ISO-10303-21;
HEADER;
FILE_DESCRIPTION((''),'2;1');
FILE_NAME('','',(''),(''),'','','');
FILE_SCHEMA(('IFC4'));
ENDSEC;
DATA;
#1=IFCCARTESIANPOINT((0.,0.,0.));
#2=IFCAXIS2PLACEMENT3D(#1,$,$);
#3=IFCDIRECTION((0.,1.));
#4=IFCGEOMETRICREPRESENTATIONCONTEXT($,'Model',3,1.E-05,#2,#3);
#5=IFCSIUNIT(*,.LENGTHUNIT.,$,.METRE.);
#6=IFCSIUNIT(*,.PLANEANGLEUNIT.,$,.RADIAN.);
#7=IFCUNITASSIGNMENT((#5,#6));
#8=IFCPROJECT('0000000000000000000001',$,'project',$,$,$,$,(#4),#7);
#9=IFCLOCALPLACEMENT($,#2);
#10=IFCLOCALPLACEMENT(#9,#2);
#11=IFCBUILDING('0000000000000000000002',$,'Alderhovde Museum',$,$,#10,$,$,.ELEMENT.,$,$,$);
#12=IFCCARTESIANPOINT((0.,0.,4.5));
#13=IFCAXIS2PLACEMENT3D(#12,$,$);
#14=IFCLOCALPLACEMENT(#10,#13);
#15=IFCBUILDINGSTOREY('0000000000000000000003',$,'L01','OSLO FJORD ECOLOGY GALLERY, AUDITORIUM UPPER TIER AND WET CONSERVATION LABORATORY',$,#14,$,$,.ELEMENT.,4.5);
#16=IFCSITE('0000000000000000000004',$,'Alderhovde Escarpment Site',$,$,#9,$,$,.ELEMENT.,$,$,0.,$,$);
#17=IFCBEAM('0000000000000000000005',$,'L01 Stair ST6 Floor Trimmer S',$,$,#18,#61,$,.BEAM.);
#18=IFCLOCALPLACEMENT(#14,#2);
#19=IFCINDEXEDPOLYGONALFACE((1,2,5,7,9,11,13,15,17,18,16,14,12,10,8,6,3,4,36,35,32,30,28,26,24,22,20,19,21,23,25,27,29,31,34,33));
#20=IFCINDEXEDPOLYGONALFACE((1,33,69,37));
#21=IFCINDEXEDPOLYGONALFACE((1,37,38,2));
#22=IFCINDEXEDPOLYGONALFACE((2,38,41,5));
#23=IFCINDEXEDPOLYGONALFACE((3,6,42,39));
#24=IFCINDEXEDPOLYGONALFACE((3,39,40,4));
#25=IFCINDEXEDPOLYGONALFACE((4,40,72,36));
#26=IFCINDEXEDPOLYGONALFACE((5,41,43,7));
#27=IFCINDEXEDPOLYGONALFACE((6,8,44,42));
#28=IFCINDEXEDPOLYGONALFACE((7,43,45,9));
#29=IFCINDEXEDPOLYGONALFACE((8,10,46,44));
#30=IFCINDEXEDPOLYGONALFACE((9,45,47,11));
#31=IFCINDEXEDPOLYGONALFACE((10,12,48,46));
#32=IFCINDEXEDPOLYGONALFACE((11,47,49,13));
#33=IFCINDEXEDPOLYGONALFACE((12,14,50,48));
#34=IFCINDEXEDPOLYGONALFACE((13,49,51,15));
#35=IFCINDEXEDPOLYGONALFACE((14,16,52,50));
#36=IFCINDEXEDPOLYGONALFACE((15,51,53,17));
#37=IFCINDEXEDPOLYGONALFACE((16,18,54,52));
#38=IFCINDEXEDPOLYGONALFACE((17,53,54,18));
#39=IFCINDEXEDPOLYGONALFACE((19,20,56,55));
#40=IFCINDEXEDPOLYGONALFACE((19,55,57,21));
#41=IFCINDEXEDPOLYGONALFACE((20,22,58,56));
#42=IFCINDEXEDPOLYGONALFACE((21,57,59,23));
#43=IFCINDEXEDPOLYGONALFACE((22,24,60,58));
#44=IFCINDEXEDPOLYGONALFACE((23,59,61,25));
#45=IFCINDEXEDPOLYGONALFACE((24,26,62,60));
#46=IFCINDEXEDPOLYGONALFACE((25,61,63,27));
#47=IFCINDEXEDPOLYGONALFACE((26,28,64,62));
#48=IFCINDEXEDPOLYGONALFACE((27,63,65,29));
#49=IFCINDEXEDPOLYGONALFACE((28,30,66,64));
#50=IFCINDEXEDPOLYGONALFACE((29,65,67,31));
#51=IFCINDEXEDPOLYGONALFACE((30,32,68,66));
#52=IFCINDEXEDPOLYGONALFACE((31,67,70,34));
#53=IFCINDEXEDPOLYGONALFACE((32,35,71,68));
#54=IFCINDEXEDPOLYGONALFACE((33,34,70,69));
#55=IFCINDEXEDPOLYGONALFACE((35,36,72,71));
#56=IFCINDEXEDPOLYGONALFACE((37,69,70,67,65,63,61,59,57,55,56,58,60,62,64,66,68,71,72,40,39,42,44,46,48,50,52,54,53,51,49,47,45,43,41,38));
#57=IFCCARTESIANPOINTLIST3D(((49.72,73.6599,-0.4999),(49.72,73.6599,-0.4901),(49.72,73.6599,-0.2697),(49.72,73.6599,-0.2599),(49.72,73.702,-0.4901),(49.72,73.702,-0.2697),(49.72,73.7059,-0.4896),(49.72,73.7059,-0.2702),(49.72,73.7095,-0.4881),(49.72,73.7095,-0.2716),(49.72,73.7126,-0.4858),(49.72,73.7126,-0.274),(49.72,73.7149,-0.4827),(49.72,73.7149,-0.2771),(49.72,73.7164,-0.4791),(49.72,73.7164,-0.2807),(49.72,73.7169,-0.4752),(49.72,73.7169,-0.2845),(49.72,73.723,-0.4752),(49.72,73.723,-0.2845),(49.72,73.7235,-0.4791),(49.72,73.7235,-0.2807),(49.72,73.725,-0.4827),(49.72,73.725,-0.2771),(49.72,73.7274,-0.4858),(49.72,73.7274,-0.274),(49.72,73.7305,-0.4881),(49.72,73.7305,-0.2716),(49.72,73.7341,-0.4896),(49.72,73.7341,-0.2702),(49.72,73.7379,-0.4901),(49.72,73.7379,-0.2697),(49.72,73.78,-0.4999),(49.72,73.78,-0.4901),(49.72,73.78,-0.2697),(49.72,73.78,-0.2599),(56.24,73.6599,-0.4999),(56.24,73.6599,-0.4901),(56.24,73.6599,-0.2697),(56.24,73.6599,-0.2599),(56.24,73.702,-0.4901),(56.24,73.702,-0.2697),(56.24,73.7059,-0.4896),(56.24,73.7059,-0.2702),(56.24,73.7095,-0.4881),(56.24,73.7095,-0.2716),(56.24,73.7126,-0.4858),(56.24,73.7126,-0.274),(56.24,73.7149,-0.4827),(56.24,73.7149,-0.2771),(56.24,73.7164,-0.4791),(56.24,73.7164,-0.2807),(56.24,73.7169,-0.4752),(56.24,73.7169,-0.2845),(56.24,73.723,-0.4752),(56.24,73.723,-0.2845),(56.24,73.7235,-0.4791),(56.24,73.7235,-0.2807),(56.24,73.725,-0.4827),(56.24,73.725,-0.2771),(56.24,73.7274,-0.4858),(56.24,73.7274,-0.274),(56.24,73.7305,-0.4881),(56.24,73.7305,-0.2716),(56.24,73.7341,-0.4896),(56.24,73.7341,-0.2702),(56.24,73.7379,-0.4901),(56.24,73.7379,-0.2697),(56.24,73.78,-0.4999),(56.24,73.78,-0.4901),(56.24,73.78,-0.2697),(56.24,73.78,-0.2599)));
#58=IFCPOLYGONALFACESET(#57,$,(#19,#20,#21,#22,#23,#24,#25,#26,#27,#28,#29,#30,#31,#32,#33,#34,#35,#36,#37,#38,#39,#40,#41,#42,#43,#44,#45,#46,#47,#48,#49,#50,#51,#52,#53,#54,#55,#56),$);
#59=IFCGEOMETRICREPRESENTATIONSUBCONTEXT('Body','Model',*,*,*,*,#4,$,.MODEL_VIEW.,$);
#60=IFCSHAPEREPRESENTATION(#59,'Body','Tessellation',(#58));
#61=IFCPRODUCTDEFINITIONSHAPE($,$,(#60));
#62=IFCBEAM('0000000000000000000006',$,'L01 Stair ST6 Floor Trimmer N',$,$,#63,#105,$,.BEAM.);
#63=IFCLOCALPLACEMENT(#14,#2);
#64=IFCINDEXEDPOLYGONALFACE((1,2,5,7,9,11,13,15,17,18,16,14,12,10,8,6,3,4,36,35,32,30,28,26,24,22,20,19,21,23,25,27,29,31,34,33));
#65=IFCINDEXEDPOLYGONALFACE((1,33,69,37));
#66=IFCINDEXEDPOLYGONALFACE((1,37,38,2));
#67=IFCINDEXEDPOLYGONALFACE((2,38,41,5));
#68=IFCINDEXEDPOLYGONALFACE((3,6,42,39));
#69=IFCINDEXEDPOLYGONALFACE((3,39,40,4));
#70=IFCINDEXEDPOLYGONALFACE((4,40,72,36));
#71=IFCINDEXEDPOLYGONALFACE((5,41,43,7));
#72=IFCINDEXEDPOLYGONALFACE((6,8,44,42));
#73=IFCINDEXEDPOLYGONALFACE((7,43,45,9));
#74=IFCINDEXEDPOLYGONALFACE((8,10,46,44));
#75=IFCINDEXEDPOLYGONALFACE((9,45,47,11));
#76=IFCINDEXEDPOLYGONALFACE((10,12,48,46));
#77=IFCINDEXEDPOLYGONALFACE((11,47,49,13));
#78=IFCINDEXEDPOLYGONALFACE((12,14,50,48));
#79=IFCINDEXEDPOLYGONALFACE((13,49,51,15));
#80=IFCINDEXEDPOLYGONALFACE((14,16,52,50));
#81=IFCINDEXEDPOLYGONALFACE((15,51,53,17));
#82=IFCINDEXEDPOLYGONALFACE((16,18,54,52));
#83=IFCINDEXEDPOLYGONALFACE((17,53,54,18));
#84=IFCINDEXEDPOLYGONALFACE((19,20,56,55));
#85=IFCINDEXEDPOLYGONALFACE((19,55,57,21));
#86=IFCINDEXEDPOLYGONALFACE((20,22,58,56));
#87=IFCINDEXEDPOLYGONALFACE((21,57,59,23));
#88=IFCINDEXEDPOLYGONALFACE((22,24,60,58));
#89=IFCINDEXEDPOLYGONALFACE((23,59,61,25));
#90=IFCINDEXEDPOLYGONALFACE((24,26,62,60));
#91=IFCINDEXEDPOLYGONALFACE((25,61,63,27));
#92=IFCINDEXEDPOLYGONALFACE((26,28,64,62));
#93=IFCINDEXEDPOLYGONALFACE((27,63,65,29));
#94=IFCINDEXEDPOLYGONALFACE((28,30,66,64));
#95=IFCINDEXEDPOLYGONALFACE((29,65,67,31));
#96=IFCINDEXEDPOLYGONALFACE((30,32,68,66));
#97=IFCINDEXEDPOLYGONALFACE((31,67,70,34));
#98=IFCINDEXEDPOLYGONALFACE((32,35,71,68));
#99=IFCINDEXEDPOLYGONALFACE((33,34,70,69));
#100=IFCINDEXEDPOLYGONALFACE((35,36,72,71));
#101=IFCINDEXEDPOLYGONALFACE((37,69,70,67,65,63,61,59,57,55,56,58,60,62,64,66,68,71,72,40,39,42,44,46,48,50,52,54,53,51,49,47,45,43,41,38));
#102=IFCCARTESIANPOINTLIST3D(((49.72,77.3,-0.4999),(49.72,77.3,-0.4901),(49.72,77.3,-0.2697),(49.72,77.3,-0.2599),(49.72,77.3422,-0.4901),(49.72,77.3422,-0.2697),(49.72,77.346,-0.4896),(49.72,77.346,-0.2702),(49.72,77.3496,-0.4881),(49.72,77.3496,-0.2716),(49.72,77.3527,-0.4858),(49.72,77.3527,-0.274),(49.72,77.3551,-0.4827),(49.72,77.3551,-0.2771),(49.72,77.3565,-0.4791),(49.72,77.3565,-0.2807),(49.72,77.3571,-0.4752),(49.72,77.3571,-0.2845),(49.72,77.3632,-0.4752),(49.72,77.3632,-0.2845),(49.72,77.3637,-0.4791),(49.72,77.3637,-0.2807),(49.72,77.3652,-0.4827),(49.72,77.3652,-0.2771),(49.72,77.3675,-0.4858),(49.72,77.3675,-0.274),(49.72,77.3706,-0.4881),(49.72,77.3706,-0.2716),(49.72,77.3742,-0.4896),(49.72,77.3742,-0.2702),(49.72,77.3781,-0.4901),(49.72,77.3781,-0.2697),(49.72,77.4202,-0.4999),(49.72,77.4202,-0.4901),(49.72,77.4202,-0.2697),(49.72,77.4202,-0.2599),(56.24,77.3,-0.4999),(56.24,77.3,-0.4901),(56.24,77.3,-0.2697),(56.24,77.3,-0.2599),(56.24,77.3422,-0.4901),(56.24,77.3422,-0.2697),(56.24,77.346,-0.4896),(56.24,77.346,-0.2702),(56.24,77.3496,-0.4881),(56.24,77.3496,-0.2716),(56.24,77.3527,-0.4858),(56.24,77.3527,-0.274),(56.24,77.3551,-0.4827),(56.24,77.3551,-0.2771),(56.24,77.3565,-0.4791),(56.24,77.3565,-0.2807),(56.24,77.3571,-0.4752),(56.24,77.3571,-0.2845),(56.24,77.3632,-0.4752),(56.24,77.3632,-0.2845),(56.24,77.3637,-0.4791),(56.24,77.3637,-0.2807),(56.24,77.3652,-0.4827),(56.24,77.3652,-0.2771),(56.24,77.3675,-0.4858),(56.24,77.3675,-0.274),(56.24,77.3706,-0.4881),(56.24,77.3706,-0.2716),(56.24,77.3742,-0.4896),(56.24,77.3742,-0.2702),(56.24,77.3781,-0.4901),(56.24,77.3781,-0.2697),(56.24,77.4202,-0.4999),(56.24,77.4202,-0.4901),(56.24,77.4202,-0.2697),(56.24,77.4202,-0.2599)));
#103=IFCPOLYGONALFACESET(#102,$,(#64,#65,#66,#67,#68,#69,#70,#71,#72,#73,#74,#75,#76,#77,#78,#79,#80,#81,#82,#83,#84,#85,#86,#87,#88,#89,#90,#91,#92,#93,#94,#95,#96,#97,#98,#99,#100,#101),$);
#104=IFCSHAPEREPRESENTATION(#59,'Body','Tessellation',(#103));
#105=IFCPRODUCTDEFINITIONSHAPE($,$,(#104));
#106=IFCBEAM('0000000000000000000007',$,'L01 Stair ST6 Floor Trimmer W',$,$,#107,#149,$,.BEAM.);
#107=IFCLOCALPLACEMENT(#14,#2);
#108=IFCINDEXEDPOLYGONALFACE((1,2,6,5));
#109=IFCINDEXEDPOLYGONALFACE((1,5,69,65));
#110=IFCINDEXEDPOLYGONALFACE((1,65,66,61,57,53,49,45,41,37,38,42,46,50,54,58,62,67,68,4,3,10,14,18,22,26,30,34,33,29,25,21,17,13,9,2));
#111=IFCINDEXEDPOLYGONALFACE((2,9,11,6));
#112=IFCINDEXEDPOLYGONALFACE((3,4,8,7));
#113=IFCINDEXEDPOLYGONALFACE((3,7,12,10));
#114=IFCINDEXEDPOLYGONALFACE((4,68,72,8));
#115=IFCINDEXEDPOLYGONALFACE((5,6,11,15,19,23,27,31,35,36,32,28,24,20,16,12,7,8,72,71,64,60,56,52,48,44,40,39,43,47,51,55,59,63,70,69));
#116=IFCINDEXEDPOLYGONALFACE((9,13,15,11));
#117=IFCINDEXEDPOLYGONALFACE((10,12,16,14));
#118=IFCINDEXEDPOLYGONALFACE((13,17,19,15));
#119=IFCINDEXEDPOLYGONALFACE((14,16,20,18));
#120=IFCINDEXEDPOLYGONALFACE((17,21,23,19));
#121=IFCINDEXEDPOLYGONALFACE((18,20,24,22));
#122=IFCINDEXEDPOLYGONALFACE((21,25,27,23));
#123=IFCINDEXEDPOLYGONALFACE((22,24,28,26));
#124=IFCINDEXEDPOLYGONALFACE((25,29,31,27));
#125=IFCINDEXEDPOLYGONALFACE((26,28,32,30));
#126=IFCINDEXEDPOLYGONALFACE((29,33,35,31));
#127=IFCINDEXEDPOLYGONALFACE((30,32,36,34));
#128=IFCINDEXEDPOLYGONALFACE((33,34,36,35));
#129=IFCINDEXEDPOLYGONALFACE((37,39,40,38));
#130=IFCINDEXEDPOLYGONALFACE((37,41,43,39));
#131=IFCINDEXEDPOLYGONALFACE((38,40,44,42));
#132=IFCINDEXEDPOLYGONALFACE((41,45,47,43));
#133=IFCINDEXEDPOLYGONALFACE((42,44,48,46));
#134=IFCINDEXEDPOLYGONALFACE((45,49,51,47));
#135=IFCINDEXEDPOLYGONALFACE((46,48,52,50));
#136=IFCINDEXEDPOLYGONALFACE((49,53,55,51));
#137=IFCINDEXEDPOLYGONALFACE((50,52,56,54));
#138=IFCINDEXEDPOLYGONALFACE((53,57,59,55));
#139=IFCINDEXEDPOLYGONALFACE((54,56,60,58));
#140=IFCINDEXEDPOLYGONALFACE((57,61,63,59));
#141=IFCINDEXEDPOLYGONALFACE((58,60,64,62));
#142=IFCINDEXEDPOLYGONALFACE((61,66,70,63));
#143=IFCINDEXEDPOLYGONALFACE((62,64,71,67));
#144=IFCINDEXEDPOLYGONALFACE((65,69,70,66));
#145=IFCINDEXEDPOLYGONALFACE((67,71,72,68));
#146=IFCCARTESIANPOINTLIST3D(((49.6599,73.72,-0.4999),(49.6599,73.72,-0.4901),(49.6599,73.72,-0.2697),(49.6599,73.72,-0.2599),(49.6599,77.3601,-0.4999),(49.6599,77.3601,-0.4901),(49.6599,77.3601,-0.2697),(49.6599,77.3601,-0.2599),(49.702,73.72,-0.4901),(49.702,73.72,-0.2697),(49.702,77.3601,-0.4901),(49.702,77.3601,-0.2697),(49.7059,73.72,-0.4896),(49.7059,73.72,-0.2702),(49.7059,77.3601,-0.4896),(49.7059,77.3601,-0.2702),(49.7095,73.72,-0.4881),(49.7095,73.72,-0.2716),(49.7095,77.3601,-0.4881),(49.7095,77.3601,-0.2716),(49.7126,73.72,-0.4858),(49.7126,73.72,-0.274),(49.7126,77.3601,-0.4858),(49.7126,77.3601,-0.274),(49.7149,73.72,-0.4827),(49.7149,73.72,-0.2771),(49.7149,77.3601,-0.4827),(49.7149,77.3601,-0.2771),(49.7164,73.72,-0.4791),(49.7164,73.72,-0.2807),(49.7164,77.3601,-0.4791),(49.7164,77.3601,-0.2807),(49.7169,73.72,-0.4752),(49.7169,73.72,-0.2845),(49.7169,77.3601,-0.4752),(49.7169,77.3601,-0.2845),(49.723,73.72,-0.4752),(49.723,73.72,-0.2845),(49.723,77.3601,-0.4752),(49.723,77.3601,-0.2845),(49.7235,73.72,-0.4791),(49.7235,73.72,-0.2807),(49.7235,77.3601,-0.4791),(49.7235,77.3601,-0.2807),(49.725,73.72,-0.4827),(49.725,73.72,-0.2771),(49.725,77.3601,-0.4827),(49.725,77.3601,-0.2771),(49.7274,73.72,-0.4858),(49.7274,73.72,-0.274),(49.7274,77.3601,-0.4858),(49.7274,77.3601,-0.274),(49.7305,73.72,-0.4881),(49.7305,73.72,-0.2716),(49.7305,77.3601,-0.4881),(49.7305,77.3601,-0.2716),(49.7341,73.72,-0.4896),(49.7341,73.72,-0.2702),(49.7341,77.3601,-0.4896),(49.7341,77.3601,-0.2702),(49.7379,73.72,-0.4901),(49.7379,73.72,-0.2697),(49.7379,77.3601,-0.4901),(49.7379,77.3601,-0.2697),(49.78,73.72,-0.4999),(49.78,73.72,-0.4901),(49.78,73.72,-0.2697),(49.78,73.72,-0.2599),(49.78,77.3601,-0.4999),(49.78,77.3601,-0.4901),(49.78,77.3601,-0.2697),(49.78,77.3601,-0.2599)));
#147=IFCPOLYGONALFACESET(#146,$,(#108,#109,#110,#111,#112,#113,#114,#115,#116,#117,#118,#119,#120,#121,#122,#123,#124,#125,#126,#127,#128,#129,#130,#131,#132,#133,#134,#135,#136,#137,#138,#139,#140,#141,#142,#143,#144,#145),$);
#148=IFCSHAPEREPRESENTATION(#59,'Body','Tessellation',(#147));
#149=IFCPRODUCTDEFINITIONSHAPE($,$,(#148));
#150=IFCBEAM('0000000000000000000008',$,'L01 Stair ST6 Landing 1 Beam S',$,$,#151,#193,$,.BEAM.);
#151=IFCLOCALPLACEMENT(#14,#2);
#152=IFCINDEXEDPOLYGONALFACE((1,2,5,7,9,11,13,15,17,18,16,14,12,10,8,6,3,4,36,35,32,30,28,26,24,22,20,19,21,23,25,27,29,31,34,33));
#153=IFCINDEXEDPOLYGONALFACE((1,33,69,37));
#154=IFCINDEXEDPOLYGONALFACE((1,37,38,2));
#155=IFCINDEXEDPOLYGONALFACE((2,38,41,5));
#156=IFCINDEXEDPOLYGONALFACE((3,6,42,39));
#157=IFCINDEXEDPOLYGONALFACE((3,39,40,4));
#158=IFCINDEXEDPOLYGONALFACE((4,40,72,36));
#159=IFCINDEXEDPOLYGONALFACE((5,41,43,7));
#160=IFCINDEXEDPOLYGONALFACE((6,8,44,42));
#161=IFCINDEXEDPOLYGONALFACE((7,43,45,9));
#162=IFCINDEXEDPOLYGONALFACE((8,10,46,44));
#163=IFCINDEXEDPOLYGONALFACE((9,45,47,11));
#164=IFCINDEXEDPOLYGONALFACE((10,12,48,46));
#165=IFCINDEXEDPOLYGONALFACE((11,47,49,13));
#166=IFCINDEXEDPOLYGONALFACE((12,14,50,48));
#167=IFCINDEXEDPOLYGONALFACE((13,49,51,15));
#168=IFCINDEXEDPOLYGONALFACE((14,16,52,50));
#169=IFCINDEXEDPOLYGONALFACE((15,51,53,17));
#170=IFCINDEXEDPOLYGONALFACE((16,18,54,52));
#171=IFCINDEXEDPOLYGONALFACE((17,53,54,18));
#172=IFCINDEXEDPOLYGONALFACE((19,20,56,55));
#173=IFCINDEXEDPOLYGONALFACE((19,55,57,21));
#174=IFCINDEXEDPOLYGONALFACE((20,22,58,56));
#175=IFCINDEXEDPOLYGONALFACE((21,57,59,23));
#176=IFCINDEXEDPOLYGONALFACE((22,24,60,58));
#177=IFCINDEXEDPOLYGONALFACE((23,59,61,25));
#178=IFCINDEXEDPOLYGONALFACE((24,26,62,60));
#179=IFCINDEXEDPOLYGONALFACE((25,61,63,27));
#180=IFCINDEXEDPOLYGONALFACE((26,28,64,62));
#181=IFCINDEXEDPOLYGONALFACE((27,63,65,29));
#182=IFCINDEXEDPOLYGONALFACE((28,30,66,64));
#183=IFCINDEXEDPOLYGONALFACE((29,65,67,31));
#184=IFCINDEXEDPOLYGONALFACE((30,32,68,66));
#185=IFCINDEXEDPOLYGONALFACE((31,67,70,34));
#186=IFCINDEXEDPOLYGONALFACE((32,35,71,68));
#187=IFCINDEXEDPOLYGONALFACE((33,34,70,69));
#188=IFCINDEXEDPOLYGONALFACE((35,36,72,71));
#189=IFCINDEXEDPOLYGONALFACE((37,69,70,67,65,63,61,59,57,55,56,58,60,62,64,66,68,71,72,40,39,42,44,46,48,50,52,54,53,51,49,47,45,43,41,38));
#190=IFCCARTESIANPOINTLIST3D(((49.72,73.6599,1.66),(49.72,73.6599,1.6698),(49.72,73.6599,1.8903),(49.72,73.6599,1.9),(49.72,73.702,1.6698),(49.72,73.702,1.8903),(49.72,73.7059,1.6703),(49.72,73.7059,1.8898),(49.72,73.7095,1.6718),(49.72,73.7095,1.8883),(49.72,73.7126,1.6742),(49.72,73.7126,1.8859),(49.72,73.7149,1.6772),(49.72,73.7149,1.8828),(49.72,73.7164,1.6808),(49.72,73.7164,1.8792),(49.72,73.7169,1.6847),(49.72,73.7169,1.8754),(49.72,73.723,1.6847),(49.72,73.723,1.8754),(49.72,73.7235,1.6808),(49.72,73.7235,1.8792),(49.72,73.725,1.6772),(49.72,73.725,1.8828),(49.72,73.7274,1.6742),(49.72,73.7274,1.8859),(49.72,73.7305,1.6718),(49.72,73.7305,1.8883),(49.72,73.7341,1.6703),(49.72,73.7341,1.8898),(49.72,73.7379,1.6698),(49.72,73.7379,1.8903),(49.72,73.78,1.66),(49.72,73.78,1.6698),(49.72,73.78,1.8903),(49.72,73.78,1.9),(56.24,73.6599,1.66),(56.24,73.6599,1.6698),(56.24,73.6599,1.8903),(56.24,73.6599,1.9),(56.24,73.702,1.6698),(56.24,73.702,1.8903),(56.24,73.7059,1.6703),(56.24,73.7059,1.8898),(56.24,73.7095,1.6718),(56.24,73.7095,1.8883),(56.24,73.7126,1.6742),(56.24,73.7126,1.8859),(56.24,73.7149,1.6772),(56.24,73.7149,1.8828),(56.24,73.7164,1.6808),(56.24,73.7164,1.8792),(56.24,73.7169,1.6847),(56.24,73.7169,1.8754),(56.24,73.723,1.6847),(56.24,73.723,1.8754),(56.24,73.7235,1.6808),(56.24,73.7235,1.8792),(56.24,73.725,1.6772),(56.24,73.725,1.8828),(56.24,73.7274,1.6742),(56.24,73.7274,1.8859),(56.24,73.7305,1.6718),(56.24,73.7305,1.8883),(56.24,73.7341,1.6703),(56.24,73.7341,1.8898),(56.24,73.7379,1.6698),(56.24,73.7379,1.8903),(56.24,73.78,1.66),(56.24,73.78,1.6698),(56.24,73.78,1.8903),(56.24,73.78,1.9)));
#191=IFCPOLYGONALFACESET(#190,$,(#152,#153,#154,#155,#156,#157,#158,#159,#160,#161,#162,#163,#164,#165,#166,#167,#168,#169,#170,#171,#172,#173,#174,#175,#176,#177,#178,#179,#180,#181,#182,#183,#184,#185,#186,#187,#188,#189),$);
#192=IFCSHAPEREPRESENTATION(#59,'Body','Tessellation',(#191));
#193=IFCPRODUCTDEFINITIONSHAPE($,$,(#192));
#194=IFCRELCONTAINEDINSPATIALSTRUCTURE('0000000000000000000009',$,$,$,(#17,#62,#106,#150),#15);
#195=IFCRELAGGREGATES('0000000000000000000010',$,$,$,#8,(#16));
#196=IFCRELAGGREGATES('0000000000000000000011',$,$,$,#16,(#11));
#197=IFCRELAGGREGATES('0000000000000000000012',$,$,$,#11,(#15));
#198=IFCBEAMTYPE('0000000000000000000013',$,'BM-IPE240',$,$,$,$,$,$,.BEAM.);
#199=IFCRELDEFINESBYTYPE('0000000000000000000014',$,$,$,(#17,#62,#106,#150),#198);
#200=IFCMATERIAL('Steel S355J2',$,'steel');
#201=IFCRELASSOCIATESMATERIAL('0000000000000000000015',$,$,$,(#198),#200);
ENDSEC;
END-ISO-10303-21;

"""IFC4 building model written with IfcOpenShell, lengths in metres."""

from ifc_helpers import new_model, si_unit, direction, frame, origin, origin_2d, place, context, subcontext, project, spatial, i_section, extrude, material, material_profile, profile_set, type_object, element, save


model = new_model("IFC4")

# Units and contexts
model_context = context("Model", 3, precision=1e-05, world=origin(), true_north=direction((0.0, 1.0)))
body_context = subcontext(model_context, "Body", "Model", "MODEL_VIEW")
ifc_project = project(units=[si_unit("LENGTHUNIT", "METRE"), si_unit("PLANEANGLEUNIT", "RADIAN")], contexts=[model_context])

# Site, building, storey
site_placement = place(None, origin())
site = spatial("IfcSite", under=ifc_project, at=site_placement, Name="Alderhovde Escarpment Site", CompositionType="ELEMENT", RefElevation=0.0)
building_placement = place(site_placement, origin())
building = spatial("IfcBuilding", under=site, at=building_placement, Name="Alderhovde Museum", CompositionType="ELEMENT")
storey_placement = place(building_placement, frame((0.0, 0.0, 4.5)))
storey = spatial("IfcBuildingStorey", under=building, at=storey_placement, Name="L01", Description="OSLO FJORD ECOLOGY GALLERY, AUDITORIUM UPPER TIER AND WET CONSERVATION LABORATORY", CompositionType="ELEMENT", Elevation=4.5)

# Beams
ifc_material_1 = material(Name="Steel S355J2", Category="steel")
ifc_material_profile_1 = material_profile(ifc_material_1, i_section(OverallWidth=0.1201, OverallDepth=0.24, WebThickness=0.0061, FlangeThickness=0.0098, FilletRadius=0.0149, at=origin_2d()), Name="IPE 240")
ifc_profile_set_1 = profile_set([ifc_material_profile_1], Name="Steel S355J2")
beam_type_1 = type_object("IfcBeamType", Name="BM-IPE240", PredefinedType="BEAM", material=ifc_profile_set_1)
for number, where, z_axis, x_axis, name in (
    (1, (49.72, 73.72, -0.3799), (1.0, 0.0, 0.0), (0.0, 1.0, 0.0), "L01 Stair ST6 Floor Trimmer S"),
    (2, (49.72, 77.3601, -0.3799), (1.0, 0.0, 0.0), (0.0, 1.0, 0.0), "L01 Stair ST6 Floor Trimmer N"),
):
    element("IfcBeam", number, at=place(storey_placement, frame(where, z_axis=z_axis, x_axis=x_axis)), inside=storey, type_object=beam_type_1, Name=name, PredefinedType="BEAM", context=body_context, shape_type="SweptSolid", body=[
        extrude(i_section(OverallWidth=0.1201, OverallDepth=0.24, WebThickness=0.0061, FlangeThickness=0.0098, FilletRadius=0.0149, at=origin_2d()), origin(), (0.0, 0.0, 1.0), 6.52),
    ])
beam_1_placement = place(storey_placement, frame((49.72, 73.72, -0.3799), z_axis=(0.0, 1.0, 0.0), x_axis=(-1.0, 0.0, 0.0)))
element("IfcBeam", 3, at=beam_1_placement, inside=storey, type_object=beam_type_1, Name="L01 Stair ST6 Floor Trimmer W", PredefinedType="BEAM", context=body_context, shape_type="SweptSolid", body=[
    extrude(i_section(OverallWidth=0.1201, OverallDepth=0.24, WebThickness=0.0061, FlangeThickness=0.0098, FilletRadius=0.0149, at=origin_2d()), origin(), (0.0, 0.0, 1.0), 3.6401),
])
for number, where, z_axis, x_axis, name in (
    (4, (49.72, 73.72, 1.78), (1.0, 0.0, 0.0), (0.0, 1.0, 0.0), "L01 Stair ST6 Landing 1 Beam S"),
):
    element("IfcBeam", number, at=place(storey_placement, frame(where, z_axis=z_axis, x_axis=x_axis)), inside=storey, type_object=beam_type_1, Name=name, PredefinedType="BEAM", context=body_context, shape_type="SweptSolid", body=[
        extrude(i_section(OverallWidth=0.1201, OverallDepth=0.24, WebThickness=0.0061, FlangeThickness=0.0098, FilletRadius=0.0149, at=origin_2d()), origin(), (0.0, 0.0, 1.0), 6.52),
    ])

save(model, "model.ifc")
